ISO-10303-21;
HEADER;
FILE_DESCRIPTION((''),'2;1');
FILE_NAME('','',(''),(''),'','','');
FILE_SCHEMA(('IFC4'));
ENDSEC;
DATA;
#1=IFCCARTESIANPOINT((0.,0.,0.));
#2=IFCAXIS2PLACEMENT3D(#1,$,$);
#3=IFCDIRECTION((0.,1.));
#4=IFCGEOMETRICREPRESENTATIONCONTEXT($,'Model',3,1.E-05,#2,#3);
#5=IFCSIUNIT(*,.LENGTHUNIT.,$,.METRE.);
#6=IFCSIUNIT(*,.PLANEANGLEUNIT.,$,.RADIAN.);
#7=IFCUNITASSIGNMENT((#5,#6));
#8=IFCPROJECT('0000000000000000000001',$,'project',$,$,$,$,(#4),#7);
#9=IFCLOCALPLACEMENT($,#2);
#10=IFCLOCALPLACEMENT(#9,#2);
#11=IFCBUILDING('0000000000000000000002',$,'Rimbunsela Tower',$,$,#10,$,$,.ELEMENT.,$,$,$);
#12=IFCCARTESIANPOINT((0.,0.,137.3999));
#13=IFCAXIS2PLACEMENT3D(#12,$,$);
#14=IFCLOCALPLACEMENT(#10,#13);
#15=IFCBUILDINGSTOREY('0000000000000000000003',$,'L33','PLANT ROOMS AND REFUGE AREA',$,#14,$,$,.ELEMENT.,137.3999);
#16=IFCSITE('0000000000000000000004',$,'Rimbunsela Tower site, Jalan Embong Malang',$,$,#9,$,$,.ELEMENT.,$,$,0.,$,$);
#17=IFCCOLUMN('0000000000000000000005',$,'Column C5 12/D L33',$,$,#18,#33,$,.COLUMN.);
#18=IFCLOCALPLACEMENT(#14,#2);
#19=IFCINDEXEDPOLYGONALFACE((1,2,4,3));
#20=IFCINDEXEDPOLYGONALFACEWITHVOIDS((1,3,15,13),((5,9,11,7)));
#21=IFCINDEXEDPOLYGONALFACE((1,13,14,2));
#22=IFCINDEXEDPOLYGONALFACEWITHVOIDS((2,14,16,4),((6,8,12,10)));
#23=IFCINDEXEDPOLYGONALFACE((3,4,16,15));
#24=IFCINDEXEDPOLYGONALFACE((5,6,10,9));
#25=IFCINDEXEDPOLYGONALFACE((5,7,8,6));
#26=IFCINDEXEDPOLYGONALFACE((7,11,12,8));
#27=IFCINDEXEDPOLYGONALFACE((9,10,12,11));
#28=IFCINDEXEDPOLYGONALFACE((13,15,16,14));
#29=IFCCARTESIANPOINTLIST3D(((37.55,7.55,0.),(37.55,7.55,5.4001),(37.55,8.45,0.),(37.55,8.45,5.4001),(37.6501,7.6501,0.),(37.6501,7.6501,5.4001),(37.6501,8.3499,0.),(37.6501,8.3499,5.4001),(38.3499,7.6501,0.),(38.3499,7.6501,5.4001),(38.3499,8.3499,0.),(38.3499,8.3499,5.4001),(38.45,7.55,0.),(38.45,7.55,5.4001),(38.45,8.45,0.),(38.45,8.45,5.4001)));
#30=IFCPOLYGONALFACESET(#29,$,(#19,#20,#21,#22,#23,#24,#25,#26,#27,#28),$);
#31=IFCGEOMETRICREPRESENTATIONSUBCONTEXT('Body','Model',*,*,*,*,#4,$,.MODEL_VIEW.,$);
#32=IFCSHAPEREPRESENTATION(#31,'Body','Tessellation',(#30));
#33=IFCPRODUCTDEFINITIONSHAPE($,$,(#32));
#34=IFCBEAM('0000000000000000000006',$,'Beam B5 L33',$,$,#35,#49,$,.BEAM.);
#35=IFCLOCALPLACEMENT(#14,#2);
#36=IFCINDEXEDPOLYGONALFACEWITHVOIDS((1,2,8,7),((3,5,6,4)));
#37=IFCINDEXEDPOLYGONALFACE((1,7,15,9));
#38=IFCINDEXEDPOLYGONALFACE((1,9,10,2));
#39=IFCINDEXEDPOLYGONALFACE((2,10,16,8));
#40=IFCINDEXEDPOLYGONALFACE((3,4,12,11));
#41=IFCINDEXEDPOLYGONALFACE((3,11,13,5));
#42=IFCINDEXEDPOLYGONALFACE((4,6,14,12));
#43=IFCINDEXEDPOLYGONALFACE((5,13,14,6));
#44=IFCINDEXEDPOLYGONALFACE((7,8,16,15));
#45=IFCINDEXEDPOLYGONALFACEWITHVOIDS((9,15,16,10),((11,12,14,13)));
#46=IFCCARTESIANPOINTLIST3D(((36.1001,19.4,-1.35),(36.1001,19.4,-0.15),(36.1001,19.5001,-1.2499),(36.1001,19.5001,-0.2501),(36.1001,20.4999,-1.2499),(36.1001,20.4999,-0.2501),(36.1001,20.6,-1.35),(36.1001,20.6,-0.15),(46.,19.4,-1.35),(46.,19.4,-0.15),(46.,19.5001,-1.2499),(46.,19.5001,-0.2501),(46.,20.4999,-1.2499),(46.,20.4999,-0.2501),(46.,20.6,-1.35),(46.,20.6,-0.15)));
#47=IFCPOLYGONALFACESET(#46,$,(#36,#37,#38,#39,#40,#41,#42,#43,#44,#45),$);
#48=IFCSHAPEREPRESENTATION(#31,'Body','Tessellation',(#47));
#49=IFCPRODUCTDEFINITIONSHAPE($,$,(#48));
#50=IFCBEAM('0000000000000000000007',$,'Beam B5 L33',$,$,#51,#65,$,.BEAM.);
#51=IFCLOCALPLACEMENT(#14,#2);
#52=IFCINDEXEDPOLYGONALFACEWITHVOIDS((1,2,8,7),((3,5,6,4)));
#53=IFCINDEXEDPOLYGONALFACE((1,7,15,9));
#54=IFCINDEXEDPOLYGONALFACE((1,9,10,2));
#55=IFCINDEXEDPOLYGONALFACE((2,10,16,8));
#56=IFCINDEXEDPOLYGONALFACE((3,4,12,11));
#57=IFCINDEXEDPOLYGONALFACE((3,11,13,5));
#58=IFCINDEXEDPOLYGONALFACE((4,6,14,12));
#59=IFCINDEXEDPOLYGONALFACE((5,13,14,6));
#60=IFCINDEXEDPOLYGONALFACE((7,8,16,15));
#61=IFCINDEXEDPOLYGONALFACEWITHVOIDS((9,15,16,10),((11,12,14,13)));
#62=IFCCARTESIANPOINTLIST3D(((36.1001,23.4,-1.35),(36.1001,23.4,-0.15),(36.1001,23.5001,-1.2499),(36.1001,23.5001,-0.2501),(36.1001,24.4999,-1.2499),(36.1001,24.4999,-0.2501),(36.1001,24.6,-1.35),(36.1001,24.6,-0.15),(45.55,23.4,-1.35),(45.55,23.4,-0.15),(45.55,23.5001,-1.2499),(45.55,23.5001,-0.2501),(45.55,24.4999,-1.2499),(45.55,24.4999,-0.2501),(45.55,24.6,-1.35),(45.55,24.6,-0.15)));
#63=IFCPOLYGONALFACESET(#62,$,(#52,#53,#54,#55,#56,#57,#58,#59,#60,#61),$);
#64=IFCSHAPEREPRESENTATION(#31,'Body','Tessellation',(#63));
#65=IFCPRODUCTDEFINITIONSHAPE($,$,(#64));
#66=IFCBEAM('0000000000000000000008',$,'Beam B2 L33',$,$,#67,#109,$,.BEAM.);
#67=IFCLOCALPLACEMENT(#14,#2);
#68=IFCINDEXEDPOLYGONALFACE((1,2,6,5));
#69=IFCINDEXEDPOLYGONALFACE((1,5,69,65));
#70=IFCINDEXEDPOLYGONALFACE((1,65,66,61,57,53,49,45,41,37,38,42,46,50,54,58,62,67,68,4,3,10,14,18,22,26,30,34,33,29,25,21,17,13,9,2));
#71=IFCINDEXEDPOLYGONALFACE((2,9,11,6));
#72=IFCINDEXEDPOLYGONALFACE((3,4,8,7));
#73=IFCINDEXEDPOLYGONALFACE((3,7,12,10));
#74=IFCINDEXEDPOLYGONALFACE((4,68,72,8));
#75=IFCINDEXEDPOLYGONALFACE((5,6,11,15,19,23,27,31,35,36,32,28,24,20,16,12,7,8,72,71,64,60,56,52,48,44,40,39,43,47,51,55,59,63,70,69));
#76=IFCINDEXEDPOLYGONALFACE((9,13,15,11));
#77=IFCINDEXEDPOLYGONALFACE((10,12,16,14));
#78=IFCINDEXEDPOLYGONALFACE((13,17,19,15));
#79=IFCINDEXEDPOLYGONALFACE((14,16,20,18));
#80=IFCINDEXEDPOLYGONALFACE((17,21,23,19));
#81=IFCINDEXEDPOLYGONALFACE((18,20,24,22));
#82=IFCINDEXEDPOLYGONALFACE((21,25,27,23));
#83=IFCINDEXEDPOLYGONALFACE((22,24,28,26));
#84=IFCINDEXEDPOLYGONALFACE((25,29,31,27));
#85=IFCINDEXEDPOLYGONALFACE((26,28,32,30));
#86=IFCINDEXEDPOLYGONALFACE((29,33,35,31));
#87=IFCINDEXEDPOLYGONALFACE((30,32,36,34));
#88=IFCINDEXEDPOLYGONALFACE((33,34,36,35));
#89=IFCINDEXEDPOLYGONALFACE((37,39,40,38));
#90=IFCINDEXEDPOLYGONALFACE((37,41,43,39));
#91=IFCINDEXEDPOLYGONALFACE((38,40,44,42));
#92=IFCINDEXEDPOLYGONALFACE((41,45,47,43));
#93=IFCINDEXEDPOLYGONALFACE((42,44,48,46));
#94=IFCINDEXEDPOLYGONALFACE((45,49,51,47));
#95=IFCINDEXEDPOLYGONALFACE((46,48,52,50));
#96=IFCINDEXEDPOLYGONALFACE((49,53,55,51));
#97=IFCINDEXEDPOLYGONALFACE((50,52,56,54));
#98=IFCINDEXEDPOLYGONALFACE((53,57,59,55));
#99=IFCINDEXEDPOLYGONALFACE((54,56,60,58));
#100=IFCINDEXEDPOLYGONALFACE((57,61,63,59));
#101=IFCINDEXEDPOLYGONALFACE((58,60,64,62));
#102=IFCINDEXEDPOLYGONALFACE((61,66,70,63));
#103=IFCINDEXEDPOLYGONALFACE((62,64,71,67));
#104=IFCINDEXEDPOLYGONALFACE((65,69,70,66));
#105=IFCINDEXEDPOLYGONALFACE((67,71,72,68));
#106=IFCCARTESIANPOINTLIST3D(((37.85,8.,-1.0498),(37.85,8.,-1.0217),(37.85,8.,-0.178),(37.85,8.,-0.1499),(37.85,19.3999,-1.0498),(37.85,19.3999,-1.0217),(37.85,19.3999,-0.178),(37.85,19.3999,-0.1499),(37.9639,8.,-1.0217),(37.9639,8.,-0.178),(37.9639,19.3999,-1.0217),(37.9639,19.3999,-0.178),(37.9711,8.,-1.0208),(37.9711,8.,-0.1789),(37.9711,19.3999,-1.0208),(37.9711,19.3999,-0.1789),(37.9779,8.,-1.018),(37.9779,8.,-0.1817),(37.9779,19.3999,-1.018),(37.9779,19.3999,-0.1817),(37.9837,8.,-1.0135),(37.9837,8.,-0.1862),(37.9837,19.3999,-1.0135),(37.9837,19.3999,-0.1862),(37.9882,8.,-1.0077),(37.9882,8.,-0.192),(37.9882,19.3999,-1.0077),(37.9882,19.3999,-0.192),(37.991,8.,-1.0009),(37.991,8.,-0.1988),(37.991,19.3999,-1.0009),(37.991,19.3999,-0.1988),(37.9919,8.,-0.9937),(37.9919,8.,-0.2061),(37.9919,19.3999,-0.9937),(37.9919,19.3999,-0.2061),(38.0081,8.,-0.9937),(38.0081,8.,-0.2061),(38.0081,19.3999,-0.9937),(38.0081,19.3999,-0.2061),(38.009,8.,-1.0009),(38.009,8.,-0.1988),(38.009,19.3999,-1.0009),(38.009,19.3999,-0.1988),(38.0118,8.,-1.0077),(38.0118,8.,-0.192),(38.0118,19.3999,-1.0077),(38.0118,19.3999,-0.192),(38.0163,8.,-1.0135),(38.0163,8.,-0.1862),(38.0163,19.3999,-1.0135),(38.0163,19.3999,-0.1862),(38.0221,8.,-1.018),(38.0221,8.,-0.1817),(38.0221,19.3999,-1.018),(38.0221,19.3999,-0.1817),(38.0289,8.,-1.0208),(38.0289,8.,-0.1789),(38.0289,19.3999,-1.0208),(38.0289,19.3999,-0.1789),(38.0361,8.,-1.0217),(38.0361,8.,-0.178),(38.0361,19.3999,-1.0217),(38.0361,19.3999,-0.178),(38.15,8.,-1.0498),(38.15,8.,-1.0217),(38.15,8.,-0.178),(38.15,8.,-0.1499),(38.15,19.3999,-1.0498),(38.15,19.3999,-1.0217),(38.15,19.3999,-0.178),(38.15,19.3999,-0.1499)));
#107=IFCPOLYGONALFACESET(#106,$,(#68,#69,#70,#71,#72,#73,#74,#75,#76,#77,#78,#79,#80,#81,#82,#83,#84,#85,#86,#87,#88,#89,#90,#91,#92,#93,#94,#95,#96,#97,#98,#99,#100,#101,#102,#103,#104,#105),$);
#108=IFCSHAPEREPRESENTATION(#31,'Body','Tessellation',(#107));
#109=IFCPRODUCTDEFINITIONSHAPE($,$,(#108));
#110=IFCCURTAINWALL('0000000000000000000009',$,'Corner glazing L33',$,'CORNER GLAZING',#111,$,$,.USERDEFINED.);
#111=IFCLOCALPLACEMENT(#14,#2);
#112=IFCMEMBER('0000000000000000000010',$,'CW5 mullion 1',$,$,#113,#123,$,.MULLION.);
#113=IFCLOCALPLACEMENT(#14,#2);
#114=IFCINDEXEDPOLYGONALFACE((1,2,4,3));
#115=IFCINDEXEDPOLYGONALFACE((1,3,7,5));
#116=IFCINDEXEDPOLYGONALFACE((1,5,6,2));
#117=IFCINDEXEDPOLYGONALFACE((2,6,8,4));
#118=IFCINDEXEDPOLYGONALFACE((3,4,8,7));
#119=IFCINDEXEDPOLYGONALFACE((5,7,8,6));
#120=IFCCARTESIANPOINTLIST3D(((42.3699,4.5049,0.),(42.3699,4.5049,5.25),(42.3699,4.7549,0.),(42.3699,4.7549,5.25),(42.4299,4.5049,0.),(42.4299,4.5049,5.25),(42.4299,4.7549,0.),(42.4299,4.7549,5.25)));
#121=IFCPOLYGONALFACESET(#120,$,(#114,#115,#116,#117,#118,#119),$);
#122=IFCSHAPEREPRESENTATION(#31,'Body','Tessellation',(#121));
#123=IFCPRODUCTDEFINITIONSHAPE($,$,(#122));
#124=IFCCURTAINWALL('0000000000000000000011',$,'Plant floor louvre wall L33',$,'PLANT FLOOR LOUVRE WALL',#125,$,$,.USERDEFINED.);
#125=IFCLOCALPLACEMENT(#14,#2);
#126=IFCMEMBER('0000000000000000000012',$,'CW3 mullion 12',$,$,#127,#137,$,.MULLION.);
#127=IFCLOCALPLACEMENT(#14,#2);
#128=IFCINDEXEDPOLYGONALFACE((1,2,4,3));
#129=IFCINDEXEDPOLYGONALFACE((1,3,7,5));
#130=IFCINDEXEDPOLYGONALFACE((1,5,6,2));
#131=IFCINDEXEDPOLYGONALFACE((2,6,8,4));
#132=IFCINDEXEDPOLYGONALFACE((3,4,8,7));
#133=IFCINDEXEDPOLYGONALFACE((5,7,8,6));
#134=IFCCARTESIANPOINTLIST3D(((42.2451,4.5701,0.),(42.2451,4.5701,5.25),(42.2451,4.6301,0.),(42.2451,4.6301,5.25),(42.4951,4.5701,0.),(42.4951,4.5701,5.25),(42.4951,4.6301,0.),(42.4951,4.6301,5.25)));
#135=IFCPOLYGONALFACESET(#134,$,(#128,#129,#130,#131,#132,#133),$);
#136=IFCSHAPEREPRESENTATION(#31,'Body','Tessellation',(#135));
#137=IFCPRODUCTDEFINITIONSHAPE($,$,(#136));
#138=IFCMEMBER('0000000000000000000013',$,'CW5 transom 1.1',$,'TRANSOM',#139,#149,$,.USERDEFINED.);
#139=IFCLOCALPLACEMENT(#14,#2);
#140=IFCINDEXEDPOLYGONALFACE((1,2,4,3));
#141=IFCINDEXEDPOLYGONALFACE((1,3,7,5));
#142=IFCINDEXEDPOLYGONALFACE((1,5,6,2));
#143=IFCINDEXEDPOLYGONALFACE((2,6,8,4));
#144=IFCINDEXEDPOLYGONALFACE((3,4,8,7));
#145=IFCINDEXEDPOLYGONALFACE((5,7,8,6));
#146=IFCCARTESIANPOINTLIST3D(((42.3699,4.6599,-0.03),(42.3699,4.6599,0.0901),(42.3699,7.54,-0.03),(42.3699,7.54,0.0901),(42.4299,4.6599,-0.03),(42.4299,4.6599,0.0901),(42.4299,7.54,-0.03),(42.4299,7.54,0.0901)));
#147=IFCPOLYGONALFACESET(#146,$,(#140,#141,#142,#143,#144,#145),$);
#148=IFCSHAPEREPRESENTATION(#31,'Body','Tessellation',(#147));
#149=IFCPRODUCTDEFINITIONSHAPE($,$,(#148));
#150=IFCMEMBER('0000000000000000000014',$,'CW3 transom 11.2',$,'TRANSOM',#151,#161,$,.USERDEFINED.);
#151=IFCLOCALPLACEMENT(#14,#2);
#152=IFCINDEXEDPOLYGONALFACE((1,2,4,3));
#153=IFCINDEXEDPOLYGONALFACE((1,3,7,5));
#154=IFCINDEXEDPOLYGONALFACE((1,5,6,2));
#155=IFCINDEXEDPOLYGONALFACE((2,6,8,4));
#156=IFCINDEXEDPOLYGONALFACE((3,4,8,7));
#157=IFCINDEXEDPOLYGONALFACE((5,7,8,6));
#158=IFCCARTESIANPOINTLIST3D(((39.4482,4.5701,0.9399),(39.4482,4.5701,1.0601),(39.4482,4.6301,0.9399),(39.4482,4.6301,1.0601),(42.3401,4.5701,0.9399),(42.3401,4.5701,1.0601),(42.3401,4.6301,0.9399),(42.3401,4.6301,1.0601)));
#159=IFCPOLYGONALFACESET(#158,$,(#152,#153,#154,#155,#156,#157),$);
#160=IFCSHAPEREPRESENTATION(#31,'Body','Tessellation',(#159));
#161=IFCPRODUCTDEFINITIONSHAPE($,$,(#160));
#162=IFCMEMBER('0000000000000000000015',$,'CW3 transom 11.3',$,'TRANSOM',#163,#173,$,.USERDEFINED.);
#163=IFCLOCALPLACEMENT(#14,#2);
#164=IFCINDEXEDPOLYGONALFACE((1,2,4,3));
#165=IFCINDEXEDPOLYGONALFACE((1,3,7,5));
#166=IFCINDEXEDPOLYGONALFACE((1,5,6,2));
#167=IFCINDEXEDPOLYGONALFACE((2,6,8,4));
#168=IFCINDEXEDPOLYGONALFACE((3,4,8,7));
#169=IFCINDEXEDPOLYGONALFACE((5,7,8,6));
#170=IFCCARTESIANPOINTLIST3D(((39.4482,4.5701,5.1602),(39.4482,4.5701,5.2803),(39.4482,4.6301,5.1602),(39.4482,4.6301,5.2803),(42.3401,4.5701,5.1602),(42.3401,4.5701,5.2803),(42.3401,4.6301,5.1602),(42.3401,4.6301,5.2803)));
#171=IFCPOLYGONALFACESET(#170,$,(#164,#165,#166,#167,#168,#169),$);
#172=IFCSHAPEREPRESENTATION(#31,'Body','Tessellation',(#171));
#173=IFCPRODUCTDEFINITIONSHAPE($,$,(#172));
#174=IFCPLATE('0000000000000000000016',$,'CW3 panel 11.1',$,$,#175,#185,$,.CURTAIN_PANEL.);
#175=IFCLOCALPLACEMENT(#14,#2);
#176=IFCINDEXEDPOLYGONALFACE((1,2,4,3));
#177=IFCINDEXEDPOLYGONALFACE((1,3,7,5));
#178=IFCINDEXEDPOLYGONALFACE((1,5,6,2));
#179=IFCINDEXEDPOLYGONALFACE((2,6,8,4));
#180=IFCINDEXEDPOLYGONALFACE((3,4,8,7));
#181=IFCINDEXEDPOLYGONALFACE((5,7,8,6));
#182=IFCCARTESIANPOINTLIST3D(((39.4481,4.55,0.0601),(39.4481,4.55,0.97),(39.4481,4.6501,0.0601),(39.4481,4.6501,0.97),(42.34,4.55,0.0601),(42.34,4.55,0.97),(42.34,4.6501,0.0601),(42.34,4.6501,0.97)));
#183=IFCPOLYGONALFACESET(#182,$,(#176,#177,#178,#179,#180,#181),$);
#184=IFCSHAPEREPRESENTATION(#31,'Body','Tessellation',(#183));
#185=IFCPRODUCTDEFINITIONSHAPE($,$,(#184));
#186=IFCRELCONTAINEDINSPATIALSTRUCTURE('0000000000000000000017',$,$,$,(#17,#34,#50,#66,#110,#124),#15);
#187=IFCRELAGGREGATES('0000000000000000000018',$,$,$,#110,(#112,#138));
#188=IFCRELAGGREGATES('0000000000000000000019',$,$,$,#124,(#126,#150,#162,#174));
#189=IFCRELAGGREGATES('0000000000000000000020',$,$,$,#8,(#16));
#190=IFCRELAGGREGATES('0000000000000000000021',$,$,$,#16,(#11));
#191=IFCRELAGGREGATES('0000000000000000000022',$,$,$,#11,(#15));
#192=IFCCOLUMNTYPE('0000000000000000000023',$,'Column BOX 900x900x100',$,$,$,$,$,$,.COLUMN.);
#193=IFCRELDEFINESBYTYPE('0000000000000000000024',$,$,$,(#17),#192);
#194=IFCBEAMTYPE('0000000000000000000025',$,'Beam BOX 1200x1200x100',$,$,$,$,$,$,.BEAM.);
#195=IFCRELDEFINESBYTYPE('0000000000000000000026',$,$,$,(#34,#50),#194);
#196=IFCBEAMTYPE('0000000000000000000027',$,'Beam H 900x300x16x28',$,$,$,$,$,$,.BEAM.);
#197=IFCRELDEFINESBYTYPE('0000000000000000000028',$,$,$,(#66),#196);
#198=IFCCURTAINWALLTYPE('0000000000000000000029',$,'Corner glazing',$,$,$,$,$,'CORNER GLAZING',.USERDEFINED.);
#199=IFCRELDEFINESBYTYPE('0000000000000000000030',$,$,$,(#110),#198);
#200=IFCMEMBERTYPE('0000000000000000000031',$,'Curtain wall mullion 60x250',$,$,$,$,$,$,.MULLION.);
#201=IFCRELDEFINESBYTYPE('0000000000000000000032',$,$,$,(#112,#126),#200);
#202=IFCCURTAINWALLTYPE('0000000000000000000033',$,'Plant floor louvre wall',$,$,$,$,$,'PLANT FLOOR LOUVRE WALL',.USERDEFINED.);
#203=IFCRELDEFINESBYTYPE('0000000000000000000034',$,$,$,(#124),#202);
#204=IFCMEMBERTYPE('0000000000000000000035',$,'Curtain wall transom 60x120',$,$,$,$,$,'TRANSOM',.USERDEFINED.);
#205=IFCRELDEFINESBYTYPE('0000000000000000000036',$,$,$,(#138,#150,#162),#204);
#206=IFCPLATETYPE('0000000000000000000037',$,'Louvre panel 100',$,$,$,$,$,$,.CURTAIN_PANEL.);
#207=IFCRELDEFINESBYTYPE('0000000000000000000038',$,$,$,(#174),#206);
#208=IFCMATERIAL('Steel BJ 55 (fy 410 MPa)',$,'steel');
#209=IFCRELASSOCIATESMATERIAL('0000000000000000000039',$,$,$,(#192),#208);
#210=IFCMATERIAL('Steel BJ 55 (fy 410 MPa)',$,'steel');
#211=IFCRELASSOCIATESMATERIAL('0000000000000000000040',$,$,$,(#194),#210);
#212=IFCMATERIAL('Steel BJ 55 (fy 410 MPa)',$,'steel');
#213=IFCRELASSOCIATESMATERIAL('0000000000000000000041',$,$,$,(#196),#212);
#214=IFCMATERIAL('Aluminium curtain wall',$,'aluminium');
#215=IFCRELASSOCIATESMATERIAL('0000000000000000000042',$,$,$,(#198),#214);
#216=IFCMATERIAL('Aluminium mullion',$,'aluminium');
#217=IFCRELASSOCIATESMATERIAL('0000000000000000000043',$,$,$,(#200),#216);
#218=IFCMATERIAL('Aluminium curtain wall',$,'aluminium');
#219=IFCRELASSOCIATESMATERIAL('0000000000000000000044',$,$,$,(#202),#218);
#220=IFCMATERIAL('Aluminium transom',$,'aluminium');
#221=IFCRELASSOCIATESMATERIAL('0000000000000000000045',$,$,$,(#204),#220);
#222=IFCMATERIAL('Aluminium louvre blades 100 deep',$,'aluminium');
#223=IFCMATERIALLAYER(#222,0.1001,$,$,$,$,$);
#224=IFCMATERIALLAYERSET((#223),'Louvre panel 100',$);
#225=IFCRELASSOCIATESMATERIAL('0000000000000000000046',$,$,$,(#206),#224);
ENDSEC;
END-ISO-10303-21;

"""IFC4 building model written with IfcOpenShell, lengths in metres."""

from ifc_helpers import new_model, si_unit, direction, frame, origin, origin_2d, place, context, subcontext, project, spatial, rectangle, hollow_rectangle, i_section, extrude, material, layer, layer_set, material_profile, profile_set, type_object, element, aggregate, save


model = new_model("IFC4")

# Units and contexts
model_context = context("Model", 3, precision=1e-05, world=origin(), true_north=direction((0.0, 1.0)))
body_context = subcontext(model_context, "Body", "Model", "MODEL_VIEW")
ifc_project = project(units=[si_unit("LENGTHUNIT", "METRE"), si_unit("PLANEANGLEUNIT", "RADIAN")], contexts=[model_context])

# Site, building, storey
site_placement = place(None, origin())
site = spatial("IfcSite", under=ifc_project, at=site_placement, Name="Rimbunsela Tower site, Jalan Embong Malang", CompositionType="ELEMENT", RefElevation=0.0)
building_placement = place(site_placement, origin())
building = spatial("IfcBuilding", under=site, at=building_placement, Name="Rimbunsela Tower", CompositionType="ELEMENT")
storey_placement = place(building_placement, frame((0.0, 0.0, 137.3999)))
storey = spatial("IfcBuildingStorey", under=building, at=storey_placement, Name="L33", Description="PLANT ROOMS AND REFUGE AREA", CompositionType="ELEMENT", Elevation=137.3999)

# Column
ifc_material_1 = material(Name="Steel BJ 55 (fy 410 MPa)", Category="steel")
ifc_material_profile_1 = material_profile(ifc_material_1, hollow_rectangle(XDim=0.8999, YDim=0.8999, WallThickness=0.1001, at=origin_2d()), Name="BOX 900x900x100")
ifc_profile_set_1 = profile_set([ifc_material_profile_1], Name="Steel BJ 55 (fy 410 MPa)")
column_type = type_object("IfcColumnType", Name="Column BOX 900x900x100", PredefinedType="COLUMN", material=ifc_profile_set_1)
column_placement = place(storey_placement, frame((38.0, 8.0, 0.0), z_axis=(0.0, 0.0, 1.0), x_axis=(1.0, 0.0, 0.0)))
element("IfcColumn", 1, at=column_placement, inside=storey, type_object=column_type, Name="Column C5 12/D L33", PredefinedType="COLUMN", context=body_context, shape_type="SweptSolid", body=[
    extrude(hollow_rectangle(XDim=0.8999, YDim=0.8999, WallThickness=0.1001, at=origin_2d()), origin(), (0.0, 0.0, 1.0), 5.4001),
])

# Beams
ifc_material_2 = material(Name="Steel BJ 55 (fy 410 MPa)", Category="steel")
ifc_material_profile_2 = material_profile(ifc_material_2, hollow_rectangle(XDim=1.2, YDim=1.2, WallThickness=0.1001, at=origin_2d()), Name="BOX 1200x1200x100")
ifc_profile_set_2 = profile_set([ifc_material_profile_2], Name="Steel BJ 55 (fy 410 MPa)")
beam_type_1 = type_object("IfcBeamType", Name="Beam BOX 1200x1200x100", PredefinedType="BEAM", material=ifc_profile_set_2)
beam_1_placement = place(storey_placement, frame((36.1001, 20.0, -0.75), z_axis=(1.0, 0.0, 0.0), x_axis=(0.0, 1.0, 0.0)))
element("IfcBeam", 2, at=beam_1_placement, inside=storey, type_object=beam_type_1, Name="Beam B5 L33", PredefinedType="BEAM", context=body_context, shape_type="SweptSolid", body=[
    extrude(hollow_rectangle(XDim=1.2, YDim=1.2, WallThickness=0.1001, at=origin_2d()), origin(), (0.0, 0.0, 1.0), 9.8999),
])
beam_2_placement = place(storey_placement, frame((36.1001, 24.0, -0.75), z_axis=(1.0, 0.0, 0.0), x_axis=(0.0, 1.0, 0.0)))
element("IfcBeam", 3, at=beam_2_placement, inside=storey, type_object=beam_type_1, Name="Beam B5 L33", PredefinedType="BEAM", context=body_context, shape_type="SweptSolid", body=[
    extrude(hollow_rectangle(XDim=1.2, YDim=1.2, WallThickness=0.1001, at=origin_2d()), origin(), (0.0, 0.0, 1.0), 9.45),
])
ifc_material_3 = material(Name="Steel BJ 55 (fy 410 MPa)", Category="steel")
ifc_material_profile_3 = material_profile(ifc_material_3, i_section(OverallWidth=0.3, OverallDepth=0.8999, WebThickness=0.0161, FlangeThickness=0.0281, FilletRadius=0.0281, at=origin_2d()), Name="H 900x300x16x28")
ifc_profile_set_3 = profile_set([ifc_material_profile_3], Name="Steel BJ 55 (fy 410 MPa)")
beam_type_2 = type_object("IfcBeamType", Name="Beam H 900x300x16x28", PredefinedType="BEAM", material=ifc_profile_set_3)
beam_3_placement = place(storey_placement, frame((38.0, 8.0, -0.5999), z_axis=(0.0, 1.0, 0.0), x_axis=(-1.0, 0.0, 0.0)))
element("IfcBeam", 4, at=beam_3_placement, inside=storey, type_object=beam_type_2, Name="Beam B2 L33", PredefinedType="BEAM", context=body_context, shape_type="SweptSolid", body=[
    extrude(i_section(OverallWidth=0.3, OverallDepth=0.8999, WebThickness=0.0161, FlangeThickness=0.0281, FilletRadius=0.0281, at=origin_2d()), origin(), (0.0, 0.0, 1.0), 11.3999),
])

# Curtain walls, members
ifc_material_4 = material(Name="Aluminium curtain wall", Category="aluminium")
curtain_wall_type_1 = type_object("IfcCurtainWallType", Name="Corner glazing", ElementType="CORNER GLAZING", PredefinedType="USERDEFINED", material=ifc_material_4)
curtain_wall_1_placement = place(storey_placement, origin())
curtain_wall_1 = element("IfcCurtainWall", 5, at=curtain_wall_1_placement, inside=storey, type_object=curtain_wall_type_1, Name="Corner glazing L33", ObjectType="CORNER GLAZING", PredefinedType="USERDEFINED")
ifc_material_5 = material(Name="Aluminium mullion", Category="aluminium")
ifc_material_profile_4 = material_profile(ifc_material_5, rectangle(XDim=0.0601, YDim=0.25, at=origin_2d()), Name="Mullion 60x250")
ifc_profile_set_4 = profile_set([ifc_material_profile_4], Name="Aluminium mullion")
member_type_1 = type_object("IfcMemberType", Name="Curtain wall mullion 60x250", PredefinedType="MULLION", material=ifc_profile_set_4)
member_1_placement = place(storey_placement, frame((42.3999, 4.6299, 0.0), z_axis=(0.0, 0.0, 1.0), x_axis=(-1.0, 0.0, 0.0)))
member_1 = element("IfcMember", 6, at=member_1_placement, type_object=member_type_1, Name="CW5 mullion 1", PredefinedType="MULLION", context=body_context, shape_type="SweptSolid", body=[
    extrude(rectangle(XDim=0.0601, YDim=0.25, at=origin_2d()), origin(), (0.0, 0.0, 1.0), 5.25),
])
ifc_material_6 = material(Name="Aluminium curtain wall", Category="aluminium")
curtain_wall_type_2 = type_object("IfcCurtainWallType", Name="Plant floor louvre wall", ElementType="PLANT FLOOR LOUVRE WALL", PredefinedType="USERDEFINED", material=ifc_material_6)
curtain_wall_2_placement = place(storey_placement, origin())
curtain_wall_2 = element("IfcCurtainWall", 7, at=curtain_wall_2_placement, inside=storey, type_object=curtain_wall_type_2, Name="Plant floor louvre wall L33", ObjectType="PLANT FLOOR LOUVRE WALL", PredefinedType="USERDEFINED")
member_2_placement = place(storey_placement, frame((42.3701, 4.6001, 0.0), z_axis=(0.0, 0.0, 1.0), x_axis=(0.0, 1.0, 0.0)))
member_2 = element("IfcMember", 8, at=member_2_placement, type_object=member_type_1, Name="CW3 mullion 12", PredefinedType="MULLION", context=body_context, shape_type="SweptSolid", body=[
    extrude(rectangle(XDim=0.0601, YDim=0.25, at=origin_2d()), origin(), (0.0, 0.0, 1.0), 5.25),
])

# Members
ifc_material_7 = material(Name="Aluminium transom", Category="aluminium")
ifc_material_profile_5 = material_profile(ifc_material_7, rectangle(XDim=0.0601, YDim=0.1201, at=origin_2d()), Name="Transom 60x120")
ifc_profile_set_5 = profile_set([ifc_material_profile_5], Name="Aluminium transom")
member_type_2 = type_object("IfcMemberType", Name="Curtain wall transom 60x120", ElementType="TRANSOM", PredefinedType="USERDEFINED", material=ifc_profile_set_5)
member_3_placement = place(storey_placement, frame((42.3999, 4.6599, 0.03), z_axis=(0.0, 1.0, 0.0), x_axis=(-1.0, 0.0, 0.0)))
member_3 = element("IfcMember", 9, at=member_3_placement, type_object=member_type_2, Name="CW5 transom 1.1", ObjectType="TRANSOM", PredefinedType="USERDEFINED", context=body_context, shape_type="SweptSolid", body=[
    extrude(rectangle(XDim=0.0601, YDim=0.1201, at=origin_2d()), origin(), (0.0, 0.0, 1.0), 2.8801),
])
aggregate(curtain_wall_1, [member_1, member_3])
member_4_placement = place(storey_placement, frame((39.4482, 4.6001, 1.0), z_axis=(1.0, 0.0, 0.0), x_axis=(0.0, 1.0, 0.0)))
member_4 = element("IfcMember", 10, at=member_4_placement, type_object=member_type_2, Name="CW3 transom 11.2", ObjectType="TRANSOM", PredefinedType="USERDEFINED", context=body_context, shape_type="SweptSolid", body=[
    extrude(rectangle(XDim=0.0601, YDim=0.1201, at=origin_2d()), origin(), (0.0, 0.0, 1.0), 2.8918),
])
member_5_placement = place(storey_placement, frame((39.4482, 4.6001, 5.2202), z_axis=(1.0, 0.0, 0.0), x_axis=(0.0, 1.0, 0.0)))
member_5 = element("IfcMember", 11, at=member_5_placement, type_object=member_type_2, Name="CW3 transom 11.3", ObjectType="TRANSOM", PredefinedType="USERDEFINED", context=body_context, shape_type="SweptSolid", body=[
    extrude(rectangle(XDim=0.0601, YDim=0.1201, at=origin_2d()), origin(), (0.0, 0.0, 1.0), 2.8918),
])

# Plate
ifc_material_8 = material(Name="Aluminium louvre blades 100 deep", Category="aluminium")
ifc_layer_1 = layer(ifc_material_8, 0.1001)
ifc_layer_set_1 = layer_set([ifc_layer_1], Name="Louvre panel 100")
plate_type = type_object("IfcPlateType", Name="Louvre panel 100", PredefinedType="CURTAIN_PANEL", material=ifc_layer_set_1)
plate_1_placement = place(storey_placement, frame((40.894, 4.6001, 0.0601), z_axis=(0.0, 0.0, 1.0), x_axis=(1.0, 0.0, 0.0)))
plate_1 = element("IfcPlate", 12, at=plate_1_placement, type_object=plate_type, Name="CW3 panel 11.1", PredefinedType="CURTAIN_PANEL", context=body_context, shape_type="SweptSolid", body=[
    extrude(rectangle(XDim=2.8918, YDim=0.1001, at=origin_2d()), origin(), (0.0, 0.0, 1.0), 0.9099),
])
aggregate(curtain_wall_2, [member_2, member_4, member_5, plate_1])

save(model, "model.ifc")
